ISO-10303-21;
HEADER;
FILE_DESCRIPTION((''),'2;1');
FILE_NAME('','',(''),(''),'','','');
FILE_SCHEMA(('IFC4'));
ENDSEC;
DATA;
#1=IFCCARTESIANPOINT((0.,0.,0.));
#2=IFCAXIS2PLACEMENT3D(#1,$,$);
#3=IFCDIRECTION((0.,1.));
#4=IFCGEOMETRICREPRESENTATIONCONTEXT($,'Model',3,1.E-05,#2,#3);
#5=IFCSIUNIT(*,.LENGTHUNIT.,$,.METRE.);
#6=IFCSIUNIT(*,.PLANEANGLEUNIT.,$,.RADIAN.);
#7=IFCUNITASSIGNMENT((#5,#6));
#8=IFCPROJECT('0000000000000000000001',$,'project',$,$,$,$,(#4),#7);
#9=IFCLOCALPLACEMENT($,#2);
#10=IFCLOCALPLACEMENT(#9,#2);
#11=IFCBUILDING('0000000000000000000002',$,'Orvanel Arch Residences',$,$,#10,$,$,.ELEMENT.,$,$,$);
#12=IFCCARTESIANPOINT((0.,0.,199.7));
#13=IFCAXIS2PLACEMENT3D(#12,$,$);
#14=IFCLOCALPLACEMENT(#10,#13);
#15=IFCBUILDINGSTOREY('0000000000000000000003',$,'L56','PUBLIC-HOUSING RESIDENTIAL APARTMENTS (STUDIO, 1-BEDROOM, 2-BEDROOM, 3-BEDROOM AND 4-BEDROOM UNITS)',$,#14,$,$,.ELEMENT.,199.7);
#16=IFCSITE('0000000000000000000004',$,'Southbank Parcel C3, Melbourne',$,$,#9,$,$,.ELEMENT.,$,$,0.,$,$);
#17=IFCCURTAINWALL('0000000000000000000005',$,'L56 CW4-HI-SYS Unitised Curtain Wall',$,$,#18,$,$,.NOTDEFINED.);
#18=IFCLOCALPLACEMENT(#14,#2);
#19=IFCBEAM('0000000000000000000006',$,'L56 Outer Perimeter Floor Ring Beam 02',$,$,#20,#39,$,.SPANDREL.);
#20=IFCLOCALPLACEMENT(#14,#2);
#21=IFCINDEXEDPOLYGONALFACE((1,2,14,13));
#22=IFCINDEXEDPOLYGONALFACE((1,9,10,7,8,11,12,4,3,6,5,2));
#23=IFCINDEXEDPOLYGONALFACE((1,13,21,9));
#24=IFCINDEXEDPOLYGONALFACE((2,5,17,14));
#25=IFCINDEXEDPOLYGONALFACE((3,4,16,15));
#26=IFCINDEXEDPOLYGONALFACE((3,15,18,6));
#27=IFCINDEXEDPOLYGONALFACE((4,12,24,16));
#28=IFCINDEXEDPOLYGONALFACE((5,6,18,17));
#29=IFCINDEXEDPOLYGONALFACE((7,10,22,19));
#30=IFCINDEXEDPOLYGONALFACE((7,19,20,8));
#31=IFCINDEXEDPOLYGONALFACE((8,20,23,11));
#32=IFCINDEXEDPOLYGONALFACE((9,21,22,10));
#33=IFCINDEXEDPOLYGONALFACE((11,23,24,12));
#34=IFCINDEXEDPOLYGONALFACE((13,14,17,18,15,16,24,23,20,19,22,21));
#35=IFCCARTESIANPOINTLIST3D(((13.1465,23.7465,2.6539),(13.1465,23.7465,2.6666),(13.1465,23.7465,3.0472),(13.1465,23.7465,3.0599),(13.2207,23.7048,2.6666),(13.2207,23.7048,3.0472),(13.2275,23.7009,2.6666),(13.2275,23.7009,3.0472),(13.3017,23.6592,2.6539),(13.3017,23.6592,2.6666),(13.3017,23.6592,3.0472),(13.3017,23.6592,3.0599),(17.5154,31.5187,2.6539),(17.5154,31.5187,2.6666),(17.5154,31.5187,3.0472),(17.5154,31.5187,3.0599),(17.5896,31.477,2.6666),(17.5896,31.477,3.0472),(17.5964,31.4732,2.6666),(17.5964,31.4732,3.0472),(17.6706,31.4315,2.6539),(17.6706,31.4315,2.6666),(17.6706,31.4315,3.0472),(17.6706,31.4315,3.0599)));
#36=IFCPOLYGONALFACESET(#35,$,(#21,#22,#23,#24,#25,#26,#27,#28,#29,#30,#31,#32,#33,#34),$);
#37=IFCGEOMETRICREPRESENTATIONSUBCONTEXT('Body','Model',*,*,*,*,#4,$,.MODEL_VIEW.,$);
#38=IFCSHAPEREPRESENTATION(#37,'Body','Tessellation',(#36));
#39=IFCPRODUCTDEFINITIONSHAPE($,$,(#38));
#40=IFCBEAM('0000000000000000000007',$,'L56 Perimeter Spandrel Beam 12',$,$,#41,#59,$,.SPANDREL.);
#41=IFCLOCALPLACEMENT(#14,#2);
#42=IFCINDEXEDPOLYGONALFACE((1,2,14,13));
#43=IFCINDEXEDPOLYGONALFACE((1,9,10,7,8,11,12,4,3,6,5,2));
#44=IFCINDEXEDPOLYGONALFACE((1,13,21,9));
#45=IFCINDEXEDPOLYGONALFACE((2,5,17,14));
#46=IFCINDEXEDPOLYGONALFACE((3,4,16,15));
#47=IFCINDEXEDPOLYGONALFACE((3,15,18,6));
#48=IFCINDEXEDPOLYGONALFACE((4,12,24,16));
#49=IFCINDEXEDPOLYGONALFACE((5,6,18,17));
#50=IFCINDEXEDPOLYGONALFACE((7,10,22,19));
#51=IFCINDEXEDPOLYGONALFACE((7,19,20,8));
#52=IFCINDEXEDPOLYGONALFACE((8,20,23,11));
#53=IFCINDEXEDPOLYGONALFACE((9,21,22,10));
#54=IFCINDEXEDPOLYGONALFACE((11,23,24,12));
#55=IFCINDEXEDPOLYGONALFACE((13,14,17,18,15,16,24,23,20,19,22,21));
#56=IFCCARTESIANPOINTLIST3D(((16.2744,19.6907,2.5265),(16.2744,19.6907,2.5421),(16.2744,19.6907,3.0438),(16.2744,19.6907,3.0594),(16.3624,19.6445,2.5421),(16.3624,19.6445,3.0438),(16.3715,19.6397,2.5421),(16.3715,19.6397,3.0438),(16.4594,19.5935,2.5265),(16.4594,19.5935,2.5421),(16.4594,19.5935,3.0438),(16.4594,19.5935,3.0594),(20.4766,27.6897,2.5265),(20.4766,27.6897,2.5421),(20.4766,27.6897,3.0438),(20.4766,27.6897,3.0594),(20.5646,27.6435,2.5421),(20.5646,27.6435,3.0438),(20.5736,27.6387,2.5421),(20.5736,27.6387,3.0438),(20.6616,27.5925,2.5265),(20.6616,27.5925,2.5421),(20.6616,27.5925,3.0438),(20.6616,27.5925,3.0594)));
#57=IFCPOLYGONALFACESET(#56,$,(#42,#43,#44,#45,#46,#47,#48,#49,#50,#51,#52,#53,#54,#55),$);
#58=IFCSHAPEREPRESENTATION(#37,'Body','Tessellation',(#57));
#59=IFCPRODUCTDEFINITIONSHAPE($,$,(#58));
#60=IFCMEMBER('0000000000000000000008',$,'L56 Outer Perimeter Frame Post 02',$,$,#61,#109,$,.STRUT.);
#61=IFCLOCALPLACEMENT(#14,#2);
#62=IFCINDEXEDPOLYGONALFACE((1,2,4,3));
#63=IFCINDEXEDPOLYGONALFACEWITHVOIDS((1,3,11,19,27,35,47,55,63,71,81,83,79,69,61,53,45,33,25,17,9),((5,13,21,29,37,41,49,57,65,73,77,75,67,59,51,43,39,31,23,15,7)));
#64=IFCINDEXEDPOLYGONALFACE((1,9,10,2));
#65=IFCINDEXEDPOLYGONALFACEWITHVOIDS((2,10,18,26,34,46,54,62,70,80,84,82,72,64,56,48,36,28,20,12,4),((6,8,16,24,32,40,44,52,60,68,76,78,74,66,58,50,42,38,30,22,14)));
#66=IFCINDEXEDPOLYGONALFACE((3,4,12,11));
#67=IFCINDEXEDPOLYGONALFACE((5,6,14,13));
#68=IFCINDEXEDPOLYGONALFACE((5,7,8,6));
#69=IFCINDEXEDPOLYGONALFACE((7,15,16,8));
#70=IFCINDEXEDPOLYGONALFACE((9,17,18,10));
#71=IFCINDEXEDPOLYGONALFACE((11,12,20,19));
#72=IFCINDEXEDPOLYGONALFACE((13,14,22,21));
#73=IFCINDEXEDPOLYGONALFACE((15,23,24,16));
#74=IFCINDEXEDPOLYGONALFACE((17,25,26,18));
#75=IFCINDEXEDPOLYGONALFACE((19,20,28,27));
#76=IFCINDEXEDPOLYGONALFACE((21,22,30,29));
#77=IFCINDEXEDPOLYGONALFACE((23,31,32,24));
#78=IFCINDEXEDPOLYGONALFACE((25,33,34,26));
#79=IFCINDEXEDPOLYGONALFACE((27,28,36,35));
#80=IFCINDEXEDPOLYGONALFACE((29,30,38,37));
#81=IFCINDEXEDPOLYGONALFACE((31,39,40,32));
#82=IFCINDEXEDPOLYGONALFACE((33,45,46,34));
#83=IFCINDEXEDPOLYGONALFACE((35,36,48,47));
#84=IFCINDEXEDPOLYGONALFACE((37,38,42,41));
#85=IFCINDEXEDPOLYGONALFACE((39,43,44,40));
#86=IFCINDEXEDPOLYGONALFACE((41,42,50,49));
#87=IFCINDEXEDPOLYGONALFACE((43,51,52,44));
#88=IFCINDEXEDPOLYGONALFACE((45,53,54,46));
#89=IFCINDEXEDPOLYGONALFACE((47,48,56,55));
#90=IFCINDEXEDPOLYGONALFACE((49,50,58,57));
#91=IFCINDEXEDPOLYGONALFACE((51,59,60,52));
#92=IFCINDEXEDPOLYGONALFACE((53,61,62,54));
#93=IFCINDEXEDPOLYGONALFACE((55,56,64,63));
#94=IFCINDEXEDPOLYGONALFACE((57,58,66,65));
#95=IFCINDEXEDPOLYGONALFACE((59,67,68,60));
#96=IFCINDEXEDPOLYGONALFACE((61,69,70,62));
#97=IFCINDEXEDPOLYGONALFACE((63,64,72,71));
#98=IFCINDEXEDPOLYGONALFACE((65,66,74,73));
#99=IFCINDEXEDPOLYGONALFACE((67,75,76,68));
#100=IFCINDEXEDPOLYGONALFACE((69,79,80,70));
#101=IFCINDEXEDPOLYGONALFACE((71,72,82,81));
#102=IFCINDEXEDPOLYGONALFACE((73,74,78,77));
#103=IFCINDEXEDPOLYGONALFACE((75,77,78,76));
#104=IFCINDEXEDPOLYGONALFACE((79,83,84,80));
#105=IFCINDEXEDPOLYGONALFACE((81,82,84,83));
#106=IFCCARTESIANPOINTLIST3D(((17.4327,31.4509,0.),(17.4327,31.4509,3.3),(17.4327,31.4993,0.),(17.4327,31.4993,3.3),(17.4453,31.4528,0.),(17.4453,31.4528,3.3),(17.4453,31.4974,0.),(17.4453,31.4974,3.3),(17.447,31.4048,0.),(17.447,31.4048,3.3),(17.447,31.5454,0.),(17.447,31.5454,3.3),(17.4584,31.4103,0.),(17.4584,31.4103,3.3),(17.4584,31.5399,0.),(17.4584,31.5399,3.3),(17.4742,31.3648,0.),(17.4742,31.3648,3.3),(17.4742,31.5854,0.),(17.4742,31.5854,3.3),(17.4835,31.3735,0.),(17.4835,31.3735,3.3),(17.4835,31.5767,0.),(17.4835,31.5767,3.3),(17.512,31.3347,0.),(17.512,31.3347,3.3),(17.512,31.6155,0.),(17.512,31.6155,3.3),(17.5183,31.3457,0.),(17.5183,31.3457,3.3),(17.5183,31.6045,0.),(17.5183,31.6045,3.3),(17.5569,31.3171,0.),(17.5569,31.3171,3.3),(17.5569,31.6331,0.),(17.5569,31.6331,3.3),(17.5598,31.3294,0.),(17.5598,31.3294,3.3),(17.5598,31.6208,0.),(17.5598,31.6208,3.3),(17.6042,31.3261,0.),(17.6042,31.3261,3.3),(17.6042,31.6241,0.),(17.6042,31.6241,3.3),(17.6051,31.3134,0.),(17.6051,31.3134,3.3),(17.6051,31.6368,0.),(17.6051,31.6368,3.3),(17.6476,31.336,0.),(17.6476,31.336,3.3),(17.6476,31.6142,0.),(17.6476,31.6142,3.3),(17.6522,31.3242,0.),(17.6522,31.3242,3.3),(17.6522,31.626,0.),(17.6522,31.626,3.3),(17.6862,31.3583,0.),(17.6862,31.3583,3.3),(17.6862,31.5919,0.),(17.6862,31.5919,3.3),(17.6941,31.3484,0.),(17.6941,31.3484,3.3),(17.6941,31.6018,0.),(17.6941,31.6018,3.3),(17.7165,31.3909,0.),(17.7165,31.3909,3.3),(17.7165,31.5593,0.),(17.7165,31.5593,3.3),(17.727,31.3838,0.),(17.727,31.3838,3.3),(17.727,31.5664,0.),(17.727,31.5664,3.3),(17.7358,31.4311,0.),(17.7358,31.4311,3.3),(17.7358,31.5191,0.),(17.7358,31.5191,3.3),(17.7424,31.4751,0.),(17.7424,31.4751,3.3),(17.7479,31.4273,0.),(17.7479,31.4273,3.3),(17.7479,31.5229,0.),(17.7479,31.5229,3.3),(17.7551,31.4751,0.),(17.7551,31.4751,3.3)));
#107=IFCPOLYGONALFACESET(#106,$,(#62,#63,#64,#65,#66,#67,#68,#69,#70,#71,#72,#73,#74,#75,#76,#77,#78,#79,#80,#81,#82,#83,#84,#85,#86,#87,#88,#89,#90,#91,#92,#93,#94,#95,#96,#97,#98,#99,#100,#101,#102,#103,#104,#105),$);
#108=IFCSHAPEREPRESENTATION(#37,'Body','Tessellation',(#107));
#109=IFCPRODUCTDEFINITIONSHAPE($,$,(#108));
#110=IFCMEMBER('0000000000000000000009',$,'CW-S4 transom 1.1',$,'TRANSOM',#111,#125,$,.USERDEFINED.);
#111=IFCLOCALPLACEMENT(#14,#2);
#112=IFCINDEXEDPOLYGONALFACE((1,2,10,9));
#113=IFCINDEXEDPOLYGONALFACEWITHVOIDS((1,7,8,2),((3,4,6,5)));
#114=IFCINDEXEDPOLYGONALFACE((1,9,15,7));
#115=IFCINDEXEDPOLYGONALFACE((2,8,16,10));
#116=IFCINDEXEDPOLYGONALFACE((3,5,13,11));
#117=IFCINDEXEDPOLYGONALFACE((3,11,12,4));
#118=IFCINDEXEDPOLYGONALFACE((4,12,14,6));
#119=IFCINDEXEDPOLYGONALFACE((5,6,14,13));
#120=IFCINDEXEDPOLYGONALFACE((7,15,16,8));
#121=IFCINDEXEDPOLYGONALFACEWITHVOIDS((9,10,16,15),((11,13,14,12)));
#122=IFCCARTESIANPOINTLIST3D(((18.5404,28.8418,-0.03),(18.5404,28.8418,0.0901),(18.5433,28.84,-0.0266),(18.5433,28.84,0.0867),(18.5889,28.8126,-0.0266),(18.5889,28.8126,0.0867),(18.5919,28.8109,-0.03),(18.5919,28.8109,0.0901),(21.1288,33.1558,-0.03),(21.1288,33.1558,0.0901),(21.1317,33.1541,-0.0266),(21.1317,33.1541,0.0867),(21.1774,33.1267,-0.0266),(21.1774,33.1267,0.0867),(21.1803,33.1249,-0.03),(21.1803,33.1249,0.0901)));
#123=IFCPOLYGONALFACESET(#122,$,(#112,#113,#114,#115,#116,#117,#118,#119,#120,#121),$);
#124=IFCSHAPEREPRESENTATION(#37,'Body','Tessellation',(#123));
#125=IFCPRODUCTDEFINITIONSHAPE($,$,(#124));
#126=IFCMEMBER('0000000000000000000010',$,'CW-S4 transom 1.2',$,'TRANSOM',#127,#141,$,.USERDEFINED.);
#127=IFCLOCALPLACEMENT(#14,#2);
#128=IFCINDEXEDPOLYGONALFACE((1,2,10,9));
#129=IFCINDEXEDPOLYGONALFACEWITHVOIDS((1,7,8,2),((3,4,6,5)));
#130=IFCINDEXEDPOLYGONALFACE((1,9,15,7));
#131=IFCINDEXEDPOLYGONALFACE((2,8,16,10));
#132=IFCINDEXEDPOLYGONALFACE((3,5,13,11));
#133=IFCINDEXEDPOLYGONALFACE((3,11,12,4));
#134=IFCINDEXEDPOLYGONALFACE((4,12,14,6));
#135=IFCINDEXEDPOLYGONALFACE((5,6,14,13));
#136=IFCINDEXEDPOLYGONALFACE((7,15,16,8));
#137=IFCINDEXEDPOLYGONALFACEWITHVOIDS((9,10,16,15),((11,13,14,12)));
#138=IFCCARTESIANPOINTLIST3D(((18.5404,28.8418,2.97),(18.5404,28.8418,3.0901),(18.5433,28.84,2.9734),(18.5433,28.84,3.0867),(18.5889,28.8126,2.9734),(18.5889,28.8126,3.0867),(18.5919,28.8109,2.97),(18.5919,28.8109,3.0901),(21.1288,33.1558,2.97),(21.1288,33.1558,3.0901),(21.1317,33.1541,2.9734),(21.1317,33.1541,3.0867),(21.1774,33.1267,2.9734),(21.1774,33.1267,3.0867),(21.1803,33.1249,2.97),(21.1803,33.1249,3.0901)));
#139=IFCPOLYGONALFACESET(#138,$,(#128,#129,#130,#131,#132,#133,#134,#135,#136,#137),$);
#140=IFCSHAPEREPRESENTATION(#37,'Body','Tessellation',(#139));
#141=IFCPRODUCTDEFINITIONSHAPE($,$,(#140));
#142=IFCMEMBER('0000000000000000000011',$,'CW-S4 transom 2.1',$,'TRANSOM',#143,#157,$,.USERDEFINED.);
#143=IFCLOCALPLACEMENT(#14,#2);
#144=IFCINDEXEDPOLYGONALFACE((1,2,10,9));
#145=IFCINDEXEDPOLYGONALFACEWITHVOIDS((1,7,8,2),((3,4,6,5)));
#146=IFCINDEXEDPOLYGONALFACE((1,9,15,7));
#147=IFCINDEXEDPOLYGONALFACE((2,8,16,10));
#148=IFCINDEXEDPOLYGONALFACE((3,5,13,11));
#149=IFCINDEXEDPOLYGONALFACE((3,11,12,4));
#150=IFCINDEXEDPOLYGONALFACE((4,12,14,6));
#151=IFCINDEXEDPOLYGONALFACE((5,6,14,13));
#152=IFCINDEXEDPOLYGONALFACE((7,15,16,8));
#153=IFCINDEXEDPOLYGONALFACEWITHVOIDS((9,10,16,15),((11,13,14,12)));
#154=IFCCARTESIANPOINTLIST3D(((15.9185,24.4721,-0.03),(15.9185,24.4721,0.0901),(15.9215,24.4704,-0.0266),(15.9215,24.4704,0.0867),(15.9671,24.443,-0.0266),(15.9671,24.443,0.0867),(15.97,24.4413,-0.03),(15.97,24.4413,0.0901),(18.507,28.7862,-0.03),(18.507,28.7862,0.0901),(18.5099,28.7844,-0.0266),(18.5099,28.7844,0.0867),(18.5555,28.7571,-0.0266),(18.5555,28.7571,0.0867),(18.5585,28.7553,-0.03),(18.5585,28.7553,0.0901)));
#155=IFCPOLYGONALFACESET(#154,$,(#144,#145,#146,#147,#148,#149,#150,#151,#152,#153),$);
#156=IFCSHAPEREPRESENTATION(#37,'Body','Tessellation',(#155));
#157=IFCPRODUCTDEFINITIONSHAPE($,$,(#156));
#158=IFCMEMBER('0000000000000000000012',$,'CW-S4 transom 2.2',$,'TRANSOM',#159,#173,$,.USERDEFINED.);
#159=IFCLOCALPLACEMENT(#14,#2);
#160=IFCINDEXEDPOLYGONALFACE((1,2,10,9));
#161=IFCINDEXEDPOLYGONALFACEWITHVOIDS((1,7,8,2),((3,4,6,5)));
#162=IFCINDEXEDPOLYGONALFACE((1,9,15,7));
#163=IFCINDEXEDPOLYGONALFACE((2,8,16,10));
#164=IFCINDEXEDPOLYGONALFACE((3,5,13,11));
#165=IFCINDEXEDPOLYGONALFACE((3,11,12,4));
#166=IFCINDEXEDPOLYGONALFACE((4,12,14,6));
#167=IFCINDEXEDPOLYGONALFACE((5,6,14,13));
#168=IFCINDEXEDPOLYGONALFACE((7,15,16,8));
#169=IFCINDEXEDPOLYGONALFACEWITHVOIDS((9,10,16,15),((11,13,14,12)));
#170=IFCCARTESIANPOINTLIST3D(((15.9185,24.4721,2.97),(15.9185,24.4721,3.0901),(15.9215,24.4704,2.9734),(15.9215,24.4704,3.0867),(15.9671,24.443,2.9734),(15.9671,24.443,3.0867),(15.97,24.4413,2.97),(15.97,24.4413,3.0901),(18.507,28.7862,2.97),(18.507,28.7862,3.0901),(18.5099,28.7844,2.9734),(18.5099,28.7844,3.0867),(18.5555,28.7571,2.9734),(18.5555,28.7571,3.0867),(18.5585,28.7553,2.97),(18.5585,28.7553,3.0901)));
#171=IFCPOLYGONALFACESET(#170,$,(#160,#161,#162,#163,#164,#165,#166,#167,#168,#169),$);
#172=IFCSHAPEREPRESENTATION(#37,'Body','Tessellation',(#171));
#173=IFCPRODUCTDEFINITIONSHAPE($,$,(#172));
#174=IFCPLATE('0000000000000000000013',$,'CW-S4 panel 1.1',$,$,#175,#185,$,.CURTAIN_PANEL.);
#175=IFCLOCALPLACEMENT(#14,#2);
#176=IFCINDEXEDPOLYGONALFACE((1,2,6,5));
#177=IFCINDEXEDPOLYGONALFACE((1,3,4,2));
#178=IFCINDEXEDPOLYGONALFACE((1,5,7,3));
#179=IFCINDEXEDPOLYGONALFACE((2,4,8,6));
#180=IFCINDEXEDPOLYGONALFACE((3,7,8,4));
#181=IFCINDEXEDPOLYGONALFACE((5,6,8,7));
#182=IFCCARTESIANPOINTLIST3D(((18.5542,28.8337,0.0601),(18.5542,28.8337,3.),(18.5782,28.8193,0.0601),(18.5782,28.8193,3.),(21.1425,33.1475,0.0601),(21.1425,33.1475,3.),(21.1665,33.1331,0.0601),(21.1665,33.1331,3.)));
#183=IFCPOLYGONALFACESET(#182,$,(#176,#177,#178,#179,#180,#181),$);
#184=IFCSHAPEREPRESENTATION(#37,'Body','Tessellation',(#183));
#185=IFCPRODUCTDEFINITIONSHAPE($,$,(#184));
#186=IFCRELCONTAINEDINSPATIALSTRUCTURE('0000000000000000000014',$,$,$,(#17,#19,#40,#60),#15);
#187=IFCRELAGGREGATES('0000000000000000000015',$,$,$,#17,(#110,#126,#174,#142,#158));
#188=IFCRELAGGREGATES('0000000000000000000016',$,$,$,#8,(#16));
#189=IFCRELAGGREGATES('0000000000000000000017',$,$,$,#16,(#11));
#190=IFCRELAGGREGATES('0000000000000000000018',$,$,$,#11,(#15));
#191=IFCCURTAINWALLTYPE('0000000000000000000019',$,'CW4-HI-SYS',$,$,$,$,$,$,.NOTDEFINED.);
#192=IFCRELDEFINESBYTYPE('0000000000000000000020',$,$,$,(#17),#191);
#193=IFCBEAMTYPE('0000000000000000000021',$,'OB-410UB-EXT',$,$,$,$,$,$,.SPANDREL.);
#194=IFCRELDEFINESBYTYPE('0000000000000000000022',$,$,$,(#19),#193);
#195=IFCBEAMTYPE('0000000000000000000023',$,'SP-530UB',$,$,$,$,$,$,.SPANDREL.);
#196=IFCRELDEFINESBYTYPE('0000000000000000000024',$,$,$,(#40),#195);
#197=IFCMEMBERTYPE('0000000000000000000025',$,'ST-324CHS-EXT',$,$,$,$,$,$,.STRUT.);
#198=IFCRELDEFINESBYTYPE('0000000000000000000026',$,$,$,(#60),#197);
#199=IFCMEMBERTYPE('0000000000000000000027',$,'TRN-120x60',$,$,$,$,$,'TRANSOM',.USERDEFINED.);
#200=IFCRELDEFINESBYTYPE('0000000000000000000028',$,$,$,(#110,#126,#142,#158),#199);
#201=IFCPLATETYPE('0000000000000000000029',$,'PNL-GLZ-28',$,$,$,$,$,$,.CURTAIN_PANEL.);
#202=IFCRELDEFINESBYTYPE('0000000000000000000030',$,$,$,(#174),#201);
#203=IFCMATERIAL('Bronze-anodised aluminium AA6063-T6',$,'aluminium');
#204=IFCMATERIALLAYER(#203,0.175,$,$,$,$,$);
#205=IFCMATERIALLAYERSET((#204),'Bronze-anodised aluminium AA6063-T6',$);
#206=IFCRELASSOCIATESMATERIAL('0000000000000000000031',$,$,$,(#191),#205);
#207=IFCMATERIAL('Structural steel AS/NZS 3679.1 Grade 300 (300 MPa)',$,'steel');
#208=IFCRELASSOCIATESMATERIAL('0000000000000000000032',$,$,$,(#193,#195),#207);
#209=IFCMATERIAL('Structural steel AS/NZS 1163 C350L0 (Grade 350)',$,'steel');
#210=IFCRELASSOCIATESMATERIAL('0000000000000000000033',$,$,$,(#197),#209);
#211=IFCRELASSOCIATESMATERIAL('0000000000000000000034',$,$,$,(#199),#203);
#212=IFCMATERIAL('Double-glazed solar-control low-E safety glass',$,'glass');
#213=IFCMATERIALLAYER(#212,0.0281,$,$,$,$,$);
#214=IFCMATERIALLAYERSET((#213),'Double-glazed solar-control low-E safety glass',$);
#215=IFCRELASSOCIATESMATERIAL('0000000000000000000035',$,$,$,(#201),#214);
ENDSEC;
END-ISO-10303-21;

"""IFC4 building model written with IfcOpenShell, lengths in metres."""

from ifc_helpers import new_model, si_unit, direction, frame, origin, origin_2d, place, context, subcontext, project, spatial, rectangle, hollow_rectangle, hollow_circle, i_section, extrude, material, layer, layer_set, material_profile, profile_set, type_object, element, aggregate, save


model = new_model("IFC4")

# Units and contexts
model_context = context("Model", 3, precision=1e-05, world=origin(), true_north=direction((0.0, 1.0)))
body_context = subcontext(model_context, "Body", "Model", "MODEL_VIEW")
ifc_project = project(units=[si_unit("LENGTHUNIT", "METRE"), si_unit("PLANEANGLEUNIT", "RADIAN")], contexts=[model_context])

# Site, building, storey
site_placement = place(None, origin())
site = spatial("IfcSite", under=ifc_project, at=site_placement, Name="Southbank Parcel C3, Melbourne", CompositionType="ELEMENT", RefElevation=0.0)
building_placement = place(site_placement, origin())
building = spatial("IfcBuilding", under=site, at=building_placement, Name="Orvanel Arch Residences", CompositionType="ELEMENT")
storey_placement = place(building_placement, frame((0.0, 0.0, 199.7)))
storey = spatial("IfcBuildingStorey", under=building, at=storey_placement, Name="L56", Description="PUBLIC-HOUSING RESIDENTIAL APARTMENTS (STUDIO, 1-BEDROOM, 2-BEDROOM, 3-BEDROOM AND 4-BEDROOM UNITS)", CompositionType="ELEMENT", Elevation=199.7)

# Shared definitions
ifc_material_1 = material(Name="Structural steel AS/NZS 1163 C350L0 (Grade 350)", Category="steel")

# Shared definitions
ifc_material_2 = material(Name="Structural steel AS/NZS 3679.1 Grade 300 (300 MPa)", Category="steel")

# Curtain wall
ifc_material_3 = material(Name="Bronze-anodised aluminium AA6063-T6", Category="aluminium")
ifc_layer_1 = layer(ifc_material_3, 0.175)
ifc_layer_set_1 = layer_set([ifc_layer_1], Name="Bronze-anodised aluminium AA6063-T6")
curtain_wall_type = type_object("IfcCurtainWallType", Name="CW4-HI-SYS", PredefinedType="NOTDEFINED", material=ifc_layer_set_1)
curtain_wall_placement = place(storey_placement, origin())
curtain_wall = element("IfcCurtainWall", 1, at=curtain_wall_placement, inside=storey, type_object=curtain_wall_type, Name="L56 CW4-HI-SYS Unitised Curtain Wall", PredefinedType="NOTDEFINED")

# Beams
ifc_material_profile_1 = material_profile(ifc_material_2, i_section(OverallWidth=0.178, OverallDepth=0.406, WebThickness=0.0078, FlangeThickness=0.0127, at=origin_2d()), Name="410UB59.7")
ifc_profile_set_1 = profile_set([ifc_material_profile_1], Name="Structural steel AS/NZS 3679.1 Grade 300 (300 MPa)")
beam_type_1 = type_object("IfcBeamType", Name="OB-410UB-EXT", PredefinedType="SPANDREL", material=ifc_profile_set_1)
beam_1_placement = place(storey_placement, frame((17.593, 31.4751, 2.8569), z_axis=(-0.490008, -0.871718, 0.0), x_axis=(0.871718, -0.490008, 0.0)))
element("IfcBeam", 2, at=beam_1_placement, inside=storey, type_object=beam_type_1, Name="L56 Outer Perimeter Floor Ring Beam 02", PredefinedType="SPANDREL", context=body_context, shape_type="SweptSolid", body=[
    extrude(i_section(OverallWidth=0.178, OverallDepth=0.406, WebThickness=0.0078, FlangeThickness=0.0127, at=origin_2d()), origin(), (0.0, 0.0, 1.0), 8.916),
])
ifc_material_profile_2 = material_profile(ifc_material_2, i_section(OverallWidth=0.209, OverallDepth=0.533, WebThickness=0.0103, FlangeThickness=0.0156, at=origin_2d()), Name="530UB92.4")
ifc_profile_set_2 = profile_set([ifc_material_profile_2], Name="Structural steel AS/NZS 3679.1 Grade 300 (300 MPa)")
beam_type_2 = type_object("IfcBeamType", Name="SP-530UB", PredefinedType="SPANDREL", material=ifc_profile_set_2)
beam_2_placement = place(storey_placement, frame((20.5691, 27.6411, 2.793), z_axis=(-0.465065, -0.885277, 0.0), x_axis=(0.885277, -0.465065, 0.0)))
element("IfcBeam", 3, at=beam_2_placement, inside=storey, type_object=beam_type_2, Name="L56 Perimeter Spandrel Beam 12", PredefinedType="SPANDREL", context=body_context, shape_type="SweptSolid", body=[
    extrude(i_section(OverallWidth=0.209, OverallDepth=0.533, WebThickness=0.0103, FlangeThickness=0.0156, at=origin_2d()), origin(), (0.0, 0.0, 1.0), 9.0356),
])

# Members
ifc_material_profile_3 = material_profile(ifc_material_1, hollow_circle(Radius=0.1621, WallThickness=0.0127, at=origin_2d()), Name="CHS324x12.7")
ifc_profile_set_3 = profile_set([ifc_material_profile_3], Name="Structural steel AS/NZS 1163 C350L0 (Grade 350)")
member_type_1 = type_object("IfcMemberType", Name="ST-324CHS-EXT", PredefinedType="STRUT", material=ifc_profile_set_3)
member_1_placement = place(storey_placement, frame((17.593, 31.4751, 0.0), z_axis=(0.0, 0.0, 1.0), x_axis=(1.0, 0.0, 0.0)))
element("IfcMember", 4, at=member_1_placement, inside=storey, type_object=member_type_1, Name="L56 Outer Perimeter Frame Post 02", PredefinedType="STRUT", context=body_context, shape_type="SweptSolid", body=[
    extrude(hollow_circle(Radius=0.1621, WallThickness=0.0127, at=origin_2d()), origin(), (0.0, 0.0, 1.0), 3.3),
])
ifc_material_profile_4 = material_profile(ifc_material_3, hollow_rectangle(XDim=0.0601, YDim=0.1201, WallThickness=0.0034, at=origin_2d()), Name="ALU120x60x3.5")
ifc_profile_set_4 = profile_set([ifc_material_profile_4], Name="Bronze-anodised aluminium AA6063-T6")
member_type_2 = type_object("IfcMemberType", Name="TRN-120x60", ElementType="TRANSOM", PredefinedType="USERDEFINED", material=ifc_profile_set_4)
member_2_placement = place(storey_placement, frame((21.1545, 33.1404, 0.03), z_axis=(-0.514496, -0.857493, 0.0), x_axis=(0.857493, -0.514496, 0.0)))
member_2 = element("IfcMember", 5, at=member_2_placement, type_object=member_type_2, Name="CW-S4 transom 1.1", ObjectType="TRANSOM", PredefinedType="USERDEFINED", context=body_context, shape_type="SweptSolid", body=[
    extrude(hollow_rectangle(XDim=0.0601, YDim=0.1201, WallThickness=0.0034, at=origin_2d()), origin(), (0.0, 0.0, 1.0), 5.031),
])
member_3_placement = place(storey_placement, frame((21.1545, 33.1404, 3.03), z_axis=(-0.514496, -0.857493, 0.0), x_axis=(0.857493, -0.514496, 0.0)))
member_3 = element("IfcMember", 6, at=member_3_placement, type_object=member_type_2, Name="CW-S4 transom 1.2", ObjectType="TRANSOM", PredefinedType="USERDEFINED", context=body_context, shape_type="SweptSolid", body=[
    extrude(hollow_rectangle(XDim=0.0601, YDim=0.1201, WallThickness=0.0034, at=origin_2d()), origin(), (0.0, 0.0, 1.0), 5.031),
])
member_4_placement = place(storey_placement, frame((18.5327, 28.7708, 0.03), z_axis=(-0.514496, -0.857493, 0.0), x_axis=(0.857493, -0.514496, 0.0)))
member_4 = element("IfcMember", 7, at=member_4_placement, type_object=member_type_2, Name="CW-S4 transom 2.1", ObjectType="TRANSOM", PredefinedType="USERDEFINED", context=body_context, shape_type="SweptSolid", body=[
    extrude(hollow_rectangle(XDim=0.0601, YDim=0.1201, WallThickness=0.0034, at=origin_2d()), origin(), (0.0, 0.0, 1.0), 5.031),
])
member_5_placement = place(storey_placement, frame((18.5327, 28.7708, 3.03), z_axis=(-0.514496, -0.857493, 0.0), x_axis=(0.857493, -0.514496, 0.0)))
member_5 = element("IfcMember", 8, at=member_5_placement, type_object=member_type_2, Name="CW-S4 transom 2.2", ObjectType="TRANSOM", PredefinedType="USERDEFINED", context=body_context, shape_type="SweptSolid", body=[
    extrude(hollow_rectangle(XDim=0.0601, YDim=0.1201, WallThickness=0.0034, at=origin_2d()), origin(), (0.0, 0.0, 1.0), 5.031),
])

# Plate
ifc_material_4 = material(Name="Double-glazed solar-control low-E safety glass", Category="glass")
ifc_layer_2 = layer(ifc_material_4, 0.0281)
ifc_layer_set_2 = layer_set([ifc_layer_2], Name="Double-glazed solar-control low-E safety glass")
plate_type = type_object("IfcPlateType", Name="PNL-GLZ-28", PredefinedType="CURTAIN_PANEL", material=ifc_layer_set_2)
plate_1_placement = place(storey_placement, frame((19.8604, 30.9834, 0.0601), z_axis=(0.0, 0.0, 1.0), x_axis=(-0.514496, -0.857493, 0.0)))
plate_1 = element("IfcPlate", 9, at=plate_1_placement, type_object=plate_type, Name="CW-S4 panel 1.1", PredefinedType="CURTAIN_PANEL", context=body_context, shape_type="SweptSolid", body=[
    extrude(rectangle(XDim=5.0308, YDim=0.0281, at=origin_2d()), origin(), (0.0, 0.0, 1.0), 2.9399),
])
aggregate(curtain_wall, [member_2, member_3, plate_1, member_4, member_5])

save(model, "model.ifc")
